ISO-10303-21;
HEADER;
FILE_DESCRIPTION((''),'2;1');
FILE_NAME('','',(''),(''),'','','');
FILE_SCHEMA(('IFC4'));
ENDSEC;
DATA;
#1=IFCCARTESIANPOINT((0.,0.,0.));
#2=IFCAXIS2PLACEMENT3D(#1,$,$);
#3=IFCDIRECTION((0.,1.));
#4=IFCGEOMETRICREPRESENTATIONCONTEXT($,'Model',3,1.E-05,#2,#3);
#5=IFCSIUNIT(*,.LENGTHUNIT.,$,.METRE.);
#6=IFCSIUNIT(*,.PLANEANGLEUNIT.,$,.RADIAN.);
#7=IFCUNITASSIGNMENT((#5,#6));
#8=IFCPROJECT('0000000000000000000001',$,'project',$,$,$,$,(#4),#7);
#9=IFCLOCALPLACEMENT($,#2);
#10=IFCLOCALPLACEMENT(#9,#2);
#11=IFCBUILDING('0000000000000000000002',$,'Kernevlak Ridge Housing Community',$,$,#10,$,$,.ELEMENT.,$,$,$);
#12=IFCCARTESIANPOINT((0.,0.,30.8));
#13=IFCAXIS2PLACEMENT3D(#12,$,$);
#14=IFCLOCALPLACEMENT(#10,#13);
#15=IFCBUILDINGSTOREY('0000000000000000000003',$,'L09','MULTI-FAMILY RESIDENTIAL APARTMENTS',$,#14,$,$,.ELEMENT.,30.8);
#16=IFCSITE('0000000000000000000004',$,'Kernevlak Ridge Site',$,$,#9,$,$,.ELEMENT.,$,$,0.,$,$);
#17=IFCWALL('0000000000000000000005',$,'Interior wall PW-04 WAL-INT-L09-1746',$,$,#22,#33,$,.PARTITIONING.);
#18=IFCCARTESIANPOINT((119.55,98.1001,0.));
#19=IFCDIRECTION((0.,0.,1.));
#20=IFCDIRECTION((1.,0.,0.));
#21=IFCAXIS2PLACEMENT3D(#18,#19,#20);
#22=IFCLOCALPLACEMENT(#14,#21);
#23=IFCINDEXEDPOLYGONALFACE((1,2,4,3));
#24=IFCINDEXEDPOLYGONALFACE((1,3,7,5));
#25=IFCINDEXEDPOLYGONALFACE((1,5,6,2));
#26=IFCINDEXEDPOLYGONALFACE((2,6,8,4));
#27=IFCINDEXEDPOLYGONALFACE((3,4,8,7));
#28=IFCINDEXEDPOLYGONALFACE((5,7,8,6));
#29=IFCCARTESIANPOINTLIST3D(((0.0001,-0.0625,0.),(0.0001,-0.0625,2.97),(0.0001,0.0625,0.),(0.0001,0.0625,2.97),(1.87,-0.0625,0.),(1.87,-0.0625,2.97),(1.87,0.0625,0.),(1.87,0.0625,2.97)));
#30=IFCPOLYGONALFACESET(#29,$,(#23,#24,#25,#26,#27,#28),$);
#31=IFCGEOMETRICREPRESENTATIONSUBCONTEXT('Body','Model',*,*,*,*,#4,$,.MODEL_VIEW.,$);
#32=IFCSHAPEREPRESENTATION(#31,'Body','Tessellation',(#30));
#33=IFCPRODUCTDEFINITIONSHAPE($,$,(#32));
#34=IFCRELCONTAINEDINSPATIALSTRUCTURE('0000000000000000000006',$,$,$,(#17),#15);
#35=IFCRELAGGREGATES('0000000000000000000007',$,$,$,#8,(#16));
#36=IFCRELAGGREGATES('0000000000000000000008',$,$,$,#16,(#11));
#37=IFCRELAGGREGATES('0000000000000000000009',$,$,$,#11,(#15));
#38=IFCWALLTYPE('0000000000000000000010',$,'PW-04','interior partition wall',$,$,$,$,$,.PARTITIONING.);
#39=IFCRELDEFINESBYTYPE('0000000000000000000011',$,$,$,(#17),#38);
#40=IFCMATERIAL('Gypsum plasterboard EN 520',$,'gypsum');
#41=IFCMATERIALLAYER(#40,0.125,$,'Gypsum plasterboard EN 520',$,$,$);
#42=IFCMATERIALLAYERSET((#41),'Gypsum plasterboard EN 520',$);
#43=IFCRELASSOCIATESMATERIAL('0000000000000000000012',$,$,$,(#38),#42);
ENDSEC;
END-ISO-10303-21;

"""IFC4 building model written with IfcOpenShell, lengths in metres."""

from ifc_helpers import new_model, si_unit, direction, frame, frame_2d, origin, place, context, subcontext, project, spatial, rectangle, extrude, material, layer, layer_set, type_object, element, save


model = new_model("IFC4")

# Units and contexts
model_context = context("Model", 3, precision=1e-05, world=origin(), true_north=direction((0.0, 1.0)))
body_context = subcontext(model_context, "Body", "Model", "MODEL_VIEW")
ifc_project = project(units=[si_unit("LENGTHUNIT", "METRE"), si_unit("PLANEANGLEUNIT", "RADIAN")], contexts=[model_context])

# Site, building, storey
site_placement = place(None, origin())
site = spatial("IfcSite", under=ifc_project, at=site_placement, Name="Kernevlak Ridge Site", CompositionType="ELEMENT", RefElevation=0.0)
building_placement = place(site_placement, origin())
building = spatial("IfcBuilding", under=site, at=building_placement, Name="Kernevlak Ridge Housing Community", CompositionType="ELEMENT")
storey_placement = place(building_placement, frame((0.0, 0.0, 30.8)))
storey = spatial("IfcBuildingStorey", under=building, at=storey_placement, Name="L09", Description="MULTI-FAMILY RESIDENTIAL APARTMENTS", CompositionType="ELEMENT", Elevation=30.8)

# Shared definitions
ifc_material_1 = material(Name="Gypsum plasterboard EN 520", Category="gypsum")
ifc_layer_1 = layer(ifc_material_1, 0.125, Name="Gypsum plasterboard EN 520")
ifc_layer_set_1 = layer_set([ifc_layer_1], Name="Gypsum plasterboard EN 520")
wall_type_1 = type_object("IfcWallType", Name="PW-04", Description="interior partition wall", PredefinedType="PARTITIONING", material=ifc_layer_set_1)

# Wall
wall_1_placement = place(storey_placement, frame((119.55, 98.1001, 0.0), z_axis=(0.0, 0.0, 1.0), x_axis=(1.0, 0.0, 0.0)))
element("IfcWall", 1, at=wall_1_placement, inside=storey, type_object=wall_type_1, Name="Interior wall PW-04 WAL-INT-L09-1746", PredefinedType="PARTITIONING", context=body_context, shape_type="SweptSolid", body=[
    extrude(rectangle(XDim=1.8699, YDim=0.125, at=frame_2d((0.9351, 0.0))), origin(), (0.0, 0.0, 1.0), 2.97),
])

save(model, "model.ifc")
